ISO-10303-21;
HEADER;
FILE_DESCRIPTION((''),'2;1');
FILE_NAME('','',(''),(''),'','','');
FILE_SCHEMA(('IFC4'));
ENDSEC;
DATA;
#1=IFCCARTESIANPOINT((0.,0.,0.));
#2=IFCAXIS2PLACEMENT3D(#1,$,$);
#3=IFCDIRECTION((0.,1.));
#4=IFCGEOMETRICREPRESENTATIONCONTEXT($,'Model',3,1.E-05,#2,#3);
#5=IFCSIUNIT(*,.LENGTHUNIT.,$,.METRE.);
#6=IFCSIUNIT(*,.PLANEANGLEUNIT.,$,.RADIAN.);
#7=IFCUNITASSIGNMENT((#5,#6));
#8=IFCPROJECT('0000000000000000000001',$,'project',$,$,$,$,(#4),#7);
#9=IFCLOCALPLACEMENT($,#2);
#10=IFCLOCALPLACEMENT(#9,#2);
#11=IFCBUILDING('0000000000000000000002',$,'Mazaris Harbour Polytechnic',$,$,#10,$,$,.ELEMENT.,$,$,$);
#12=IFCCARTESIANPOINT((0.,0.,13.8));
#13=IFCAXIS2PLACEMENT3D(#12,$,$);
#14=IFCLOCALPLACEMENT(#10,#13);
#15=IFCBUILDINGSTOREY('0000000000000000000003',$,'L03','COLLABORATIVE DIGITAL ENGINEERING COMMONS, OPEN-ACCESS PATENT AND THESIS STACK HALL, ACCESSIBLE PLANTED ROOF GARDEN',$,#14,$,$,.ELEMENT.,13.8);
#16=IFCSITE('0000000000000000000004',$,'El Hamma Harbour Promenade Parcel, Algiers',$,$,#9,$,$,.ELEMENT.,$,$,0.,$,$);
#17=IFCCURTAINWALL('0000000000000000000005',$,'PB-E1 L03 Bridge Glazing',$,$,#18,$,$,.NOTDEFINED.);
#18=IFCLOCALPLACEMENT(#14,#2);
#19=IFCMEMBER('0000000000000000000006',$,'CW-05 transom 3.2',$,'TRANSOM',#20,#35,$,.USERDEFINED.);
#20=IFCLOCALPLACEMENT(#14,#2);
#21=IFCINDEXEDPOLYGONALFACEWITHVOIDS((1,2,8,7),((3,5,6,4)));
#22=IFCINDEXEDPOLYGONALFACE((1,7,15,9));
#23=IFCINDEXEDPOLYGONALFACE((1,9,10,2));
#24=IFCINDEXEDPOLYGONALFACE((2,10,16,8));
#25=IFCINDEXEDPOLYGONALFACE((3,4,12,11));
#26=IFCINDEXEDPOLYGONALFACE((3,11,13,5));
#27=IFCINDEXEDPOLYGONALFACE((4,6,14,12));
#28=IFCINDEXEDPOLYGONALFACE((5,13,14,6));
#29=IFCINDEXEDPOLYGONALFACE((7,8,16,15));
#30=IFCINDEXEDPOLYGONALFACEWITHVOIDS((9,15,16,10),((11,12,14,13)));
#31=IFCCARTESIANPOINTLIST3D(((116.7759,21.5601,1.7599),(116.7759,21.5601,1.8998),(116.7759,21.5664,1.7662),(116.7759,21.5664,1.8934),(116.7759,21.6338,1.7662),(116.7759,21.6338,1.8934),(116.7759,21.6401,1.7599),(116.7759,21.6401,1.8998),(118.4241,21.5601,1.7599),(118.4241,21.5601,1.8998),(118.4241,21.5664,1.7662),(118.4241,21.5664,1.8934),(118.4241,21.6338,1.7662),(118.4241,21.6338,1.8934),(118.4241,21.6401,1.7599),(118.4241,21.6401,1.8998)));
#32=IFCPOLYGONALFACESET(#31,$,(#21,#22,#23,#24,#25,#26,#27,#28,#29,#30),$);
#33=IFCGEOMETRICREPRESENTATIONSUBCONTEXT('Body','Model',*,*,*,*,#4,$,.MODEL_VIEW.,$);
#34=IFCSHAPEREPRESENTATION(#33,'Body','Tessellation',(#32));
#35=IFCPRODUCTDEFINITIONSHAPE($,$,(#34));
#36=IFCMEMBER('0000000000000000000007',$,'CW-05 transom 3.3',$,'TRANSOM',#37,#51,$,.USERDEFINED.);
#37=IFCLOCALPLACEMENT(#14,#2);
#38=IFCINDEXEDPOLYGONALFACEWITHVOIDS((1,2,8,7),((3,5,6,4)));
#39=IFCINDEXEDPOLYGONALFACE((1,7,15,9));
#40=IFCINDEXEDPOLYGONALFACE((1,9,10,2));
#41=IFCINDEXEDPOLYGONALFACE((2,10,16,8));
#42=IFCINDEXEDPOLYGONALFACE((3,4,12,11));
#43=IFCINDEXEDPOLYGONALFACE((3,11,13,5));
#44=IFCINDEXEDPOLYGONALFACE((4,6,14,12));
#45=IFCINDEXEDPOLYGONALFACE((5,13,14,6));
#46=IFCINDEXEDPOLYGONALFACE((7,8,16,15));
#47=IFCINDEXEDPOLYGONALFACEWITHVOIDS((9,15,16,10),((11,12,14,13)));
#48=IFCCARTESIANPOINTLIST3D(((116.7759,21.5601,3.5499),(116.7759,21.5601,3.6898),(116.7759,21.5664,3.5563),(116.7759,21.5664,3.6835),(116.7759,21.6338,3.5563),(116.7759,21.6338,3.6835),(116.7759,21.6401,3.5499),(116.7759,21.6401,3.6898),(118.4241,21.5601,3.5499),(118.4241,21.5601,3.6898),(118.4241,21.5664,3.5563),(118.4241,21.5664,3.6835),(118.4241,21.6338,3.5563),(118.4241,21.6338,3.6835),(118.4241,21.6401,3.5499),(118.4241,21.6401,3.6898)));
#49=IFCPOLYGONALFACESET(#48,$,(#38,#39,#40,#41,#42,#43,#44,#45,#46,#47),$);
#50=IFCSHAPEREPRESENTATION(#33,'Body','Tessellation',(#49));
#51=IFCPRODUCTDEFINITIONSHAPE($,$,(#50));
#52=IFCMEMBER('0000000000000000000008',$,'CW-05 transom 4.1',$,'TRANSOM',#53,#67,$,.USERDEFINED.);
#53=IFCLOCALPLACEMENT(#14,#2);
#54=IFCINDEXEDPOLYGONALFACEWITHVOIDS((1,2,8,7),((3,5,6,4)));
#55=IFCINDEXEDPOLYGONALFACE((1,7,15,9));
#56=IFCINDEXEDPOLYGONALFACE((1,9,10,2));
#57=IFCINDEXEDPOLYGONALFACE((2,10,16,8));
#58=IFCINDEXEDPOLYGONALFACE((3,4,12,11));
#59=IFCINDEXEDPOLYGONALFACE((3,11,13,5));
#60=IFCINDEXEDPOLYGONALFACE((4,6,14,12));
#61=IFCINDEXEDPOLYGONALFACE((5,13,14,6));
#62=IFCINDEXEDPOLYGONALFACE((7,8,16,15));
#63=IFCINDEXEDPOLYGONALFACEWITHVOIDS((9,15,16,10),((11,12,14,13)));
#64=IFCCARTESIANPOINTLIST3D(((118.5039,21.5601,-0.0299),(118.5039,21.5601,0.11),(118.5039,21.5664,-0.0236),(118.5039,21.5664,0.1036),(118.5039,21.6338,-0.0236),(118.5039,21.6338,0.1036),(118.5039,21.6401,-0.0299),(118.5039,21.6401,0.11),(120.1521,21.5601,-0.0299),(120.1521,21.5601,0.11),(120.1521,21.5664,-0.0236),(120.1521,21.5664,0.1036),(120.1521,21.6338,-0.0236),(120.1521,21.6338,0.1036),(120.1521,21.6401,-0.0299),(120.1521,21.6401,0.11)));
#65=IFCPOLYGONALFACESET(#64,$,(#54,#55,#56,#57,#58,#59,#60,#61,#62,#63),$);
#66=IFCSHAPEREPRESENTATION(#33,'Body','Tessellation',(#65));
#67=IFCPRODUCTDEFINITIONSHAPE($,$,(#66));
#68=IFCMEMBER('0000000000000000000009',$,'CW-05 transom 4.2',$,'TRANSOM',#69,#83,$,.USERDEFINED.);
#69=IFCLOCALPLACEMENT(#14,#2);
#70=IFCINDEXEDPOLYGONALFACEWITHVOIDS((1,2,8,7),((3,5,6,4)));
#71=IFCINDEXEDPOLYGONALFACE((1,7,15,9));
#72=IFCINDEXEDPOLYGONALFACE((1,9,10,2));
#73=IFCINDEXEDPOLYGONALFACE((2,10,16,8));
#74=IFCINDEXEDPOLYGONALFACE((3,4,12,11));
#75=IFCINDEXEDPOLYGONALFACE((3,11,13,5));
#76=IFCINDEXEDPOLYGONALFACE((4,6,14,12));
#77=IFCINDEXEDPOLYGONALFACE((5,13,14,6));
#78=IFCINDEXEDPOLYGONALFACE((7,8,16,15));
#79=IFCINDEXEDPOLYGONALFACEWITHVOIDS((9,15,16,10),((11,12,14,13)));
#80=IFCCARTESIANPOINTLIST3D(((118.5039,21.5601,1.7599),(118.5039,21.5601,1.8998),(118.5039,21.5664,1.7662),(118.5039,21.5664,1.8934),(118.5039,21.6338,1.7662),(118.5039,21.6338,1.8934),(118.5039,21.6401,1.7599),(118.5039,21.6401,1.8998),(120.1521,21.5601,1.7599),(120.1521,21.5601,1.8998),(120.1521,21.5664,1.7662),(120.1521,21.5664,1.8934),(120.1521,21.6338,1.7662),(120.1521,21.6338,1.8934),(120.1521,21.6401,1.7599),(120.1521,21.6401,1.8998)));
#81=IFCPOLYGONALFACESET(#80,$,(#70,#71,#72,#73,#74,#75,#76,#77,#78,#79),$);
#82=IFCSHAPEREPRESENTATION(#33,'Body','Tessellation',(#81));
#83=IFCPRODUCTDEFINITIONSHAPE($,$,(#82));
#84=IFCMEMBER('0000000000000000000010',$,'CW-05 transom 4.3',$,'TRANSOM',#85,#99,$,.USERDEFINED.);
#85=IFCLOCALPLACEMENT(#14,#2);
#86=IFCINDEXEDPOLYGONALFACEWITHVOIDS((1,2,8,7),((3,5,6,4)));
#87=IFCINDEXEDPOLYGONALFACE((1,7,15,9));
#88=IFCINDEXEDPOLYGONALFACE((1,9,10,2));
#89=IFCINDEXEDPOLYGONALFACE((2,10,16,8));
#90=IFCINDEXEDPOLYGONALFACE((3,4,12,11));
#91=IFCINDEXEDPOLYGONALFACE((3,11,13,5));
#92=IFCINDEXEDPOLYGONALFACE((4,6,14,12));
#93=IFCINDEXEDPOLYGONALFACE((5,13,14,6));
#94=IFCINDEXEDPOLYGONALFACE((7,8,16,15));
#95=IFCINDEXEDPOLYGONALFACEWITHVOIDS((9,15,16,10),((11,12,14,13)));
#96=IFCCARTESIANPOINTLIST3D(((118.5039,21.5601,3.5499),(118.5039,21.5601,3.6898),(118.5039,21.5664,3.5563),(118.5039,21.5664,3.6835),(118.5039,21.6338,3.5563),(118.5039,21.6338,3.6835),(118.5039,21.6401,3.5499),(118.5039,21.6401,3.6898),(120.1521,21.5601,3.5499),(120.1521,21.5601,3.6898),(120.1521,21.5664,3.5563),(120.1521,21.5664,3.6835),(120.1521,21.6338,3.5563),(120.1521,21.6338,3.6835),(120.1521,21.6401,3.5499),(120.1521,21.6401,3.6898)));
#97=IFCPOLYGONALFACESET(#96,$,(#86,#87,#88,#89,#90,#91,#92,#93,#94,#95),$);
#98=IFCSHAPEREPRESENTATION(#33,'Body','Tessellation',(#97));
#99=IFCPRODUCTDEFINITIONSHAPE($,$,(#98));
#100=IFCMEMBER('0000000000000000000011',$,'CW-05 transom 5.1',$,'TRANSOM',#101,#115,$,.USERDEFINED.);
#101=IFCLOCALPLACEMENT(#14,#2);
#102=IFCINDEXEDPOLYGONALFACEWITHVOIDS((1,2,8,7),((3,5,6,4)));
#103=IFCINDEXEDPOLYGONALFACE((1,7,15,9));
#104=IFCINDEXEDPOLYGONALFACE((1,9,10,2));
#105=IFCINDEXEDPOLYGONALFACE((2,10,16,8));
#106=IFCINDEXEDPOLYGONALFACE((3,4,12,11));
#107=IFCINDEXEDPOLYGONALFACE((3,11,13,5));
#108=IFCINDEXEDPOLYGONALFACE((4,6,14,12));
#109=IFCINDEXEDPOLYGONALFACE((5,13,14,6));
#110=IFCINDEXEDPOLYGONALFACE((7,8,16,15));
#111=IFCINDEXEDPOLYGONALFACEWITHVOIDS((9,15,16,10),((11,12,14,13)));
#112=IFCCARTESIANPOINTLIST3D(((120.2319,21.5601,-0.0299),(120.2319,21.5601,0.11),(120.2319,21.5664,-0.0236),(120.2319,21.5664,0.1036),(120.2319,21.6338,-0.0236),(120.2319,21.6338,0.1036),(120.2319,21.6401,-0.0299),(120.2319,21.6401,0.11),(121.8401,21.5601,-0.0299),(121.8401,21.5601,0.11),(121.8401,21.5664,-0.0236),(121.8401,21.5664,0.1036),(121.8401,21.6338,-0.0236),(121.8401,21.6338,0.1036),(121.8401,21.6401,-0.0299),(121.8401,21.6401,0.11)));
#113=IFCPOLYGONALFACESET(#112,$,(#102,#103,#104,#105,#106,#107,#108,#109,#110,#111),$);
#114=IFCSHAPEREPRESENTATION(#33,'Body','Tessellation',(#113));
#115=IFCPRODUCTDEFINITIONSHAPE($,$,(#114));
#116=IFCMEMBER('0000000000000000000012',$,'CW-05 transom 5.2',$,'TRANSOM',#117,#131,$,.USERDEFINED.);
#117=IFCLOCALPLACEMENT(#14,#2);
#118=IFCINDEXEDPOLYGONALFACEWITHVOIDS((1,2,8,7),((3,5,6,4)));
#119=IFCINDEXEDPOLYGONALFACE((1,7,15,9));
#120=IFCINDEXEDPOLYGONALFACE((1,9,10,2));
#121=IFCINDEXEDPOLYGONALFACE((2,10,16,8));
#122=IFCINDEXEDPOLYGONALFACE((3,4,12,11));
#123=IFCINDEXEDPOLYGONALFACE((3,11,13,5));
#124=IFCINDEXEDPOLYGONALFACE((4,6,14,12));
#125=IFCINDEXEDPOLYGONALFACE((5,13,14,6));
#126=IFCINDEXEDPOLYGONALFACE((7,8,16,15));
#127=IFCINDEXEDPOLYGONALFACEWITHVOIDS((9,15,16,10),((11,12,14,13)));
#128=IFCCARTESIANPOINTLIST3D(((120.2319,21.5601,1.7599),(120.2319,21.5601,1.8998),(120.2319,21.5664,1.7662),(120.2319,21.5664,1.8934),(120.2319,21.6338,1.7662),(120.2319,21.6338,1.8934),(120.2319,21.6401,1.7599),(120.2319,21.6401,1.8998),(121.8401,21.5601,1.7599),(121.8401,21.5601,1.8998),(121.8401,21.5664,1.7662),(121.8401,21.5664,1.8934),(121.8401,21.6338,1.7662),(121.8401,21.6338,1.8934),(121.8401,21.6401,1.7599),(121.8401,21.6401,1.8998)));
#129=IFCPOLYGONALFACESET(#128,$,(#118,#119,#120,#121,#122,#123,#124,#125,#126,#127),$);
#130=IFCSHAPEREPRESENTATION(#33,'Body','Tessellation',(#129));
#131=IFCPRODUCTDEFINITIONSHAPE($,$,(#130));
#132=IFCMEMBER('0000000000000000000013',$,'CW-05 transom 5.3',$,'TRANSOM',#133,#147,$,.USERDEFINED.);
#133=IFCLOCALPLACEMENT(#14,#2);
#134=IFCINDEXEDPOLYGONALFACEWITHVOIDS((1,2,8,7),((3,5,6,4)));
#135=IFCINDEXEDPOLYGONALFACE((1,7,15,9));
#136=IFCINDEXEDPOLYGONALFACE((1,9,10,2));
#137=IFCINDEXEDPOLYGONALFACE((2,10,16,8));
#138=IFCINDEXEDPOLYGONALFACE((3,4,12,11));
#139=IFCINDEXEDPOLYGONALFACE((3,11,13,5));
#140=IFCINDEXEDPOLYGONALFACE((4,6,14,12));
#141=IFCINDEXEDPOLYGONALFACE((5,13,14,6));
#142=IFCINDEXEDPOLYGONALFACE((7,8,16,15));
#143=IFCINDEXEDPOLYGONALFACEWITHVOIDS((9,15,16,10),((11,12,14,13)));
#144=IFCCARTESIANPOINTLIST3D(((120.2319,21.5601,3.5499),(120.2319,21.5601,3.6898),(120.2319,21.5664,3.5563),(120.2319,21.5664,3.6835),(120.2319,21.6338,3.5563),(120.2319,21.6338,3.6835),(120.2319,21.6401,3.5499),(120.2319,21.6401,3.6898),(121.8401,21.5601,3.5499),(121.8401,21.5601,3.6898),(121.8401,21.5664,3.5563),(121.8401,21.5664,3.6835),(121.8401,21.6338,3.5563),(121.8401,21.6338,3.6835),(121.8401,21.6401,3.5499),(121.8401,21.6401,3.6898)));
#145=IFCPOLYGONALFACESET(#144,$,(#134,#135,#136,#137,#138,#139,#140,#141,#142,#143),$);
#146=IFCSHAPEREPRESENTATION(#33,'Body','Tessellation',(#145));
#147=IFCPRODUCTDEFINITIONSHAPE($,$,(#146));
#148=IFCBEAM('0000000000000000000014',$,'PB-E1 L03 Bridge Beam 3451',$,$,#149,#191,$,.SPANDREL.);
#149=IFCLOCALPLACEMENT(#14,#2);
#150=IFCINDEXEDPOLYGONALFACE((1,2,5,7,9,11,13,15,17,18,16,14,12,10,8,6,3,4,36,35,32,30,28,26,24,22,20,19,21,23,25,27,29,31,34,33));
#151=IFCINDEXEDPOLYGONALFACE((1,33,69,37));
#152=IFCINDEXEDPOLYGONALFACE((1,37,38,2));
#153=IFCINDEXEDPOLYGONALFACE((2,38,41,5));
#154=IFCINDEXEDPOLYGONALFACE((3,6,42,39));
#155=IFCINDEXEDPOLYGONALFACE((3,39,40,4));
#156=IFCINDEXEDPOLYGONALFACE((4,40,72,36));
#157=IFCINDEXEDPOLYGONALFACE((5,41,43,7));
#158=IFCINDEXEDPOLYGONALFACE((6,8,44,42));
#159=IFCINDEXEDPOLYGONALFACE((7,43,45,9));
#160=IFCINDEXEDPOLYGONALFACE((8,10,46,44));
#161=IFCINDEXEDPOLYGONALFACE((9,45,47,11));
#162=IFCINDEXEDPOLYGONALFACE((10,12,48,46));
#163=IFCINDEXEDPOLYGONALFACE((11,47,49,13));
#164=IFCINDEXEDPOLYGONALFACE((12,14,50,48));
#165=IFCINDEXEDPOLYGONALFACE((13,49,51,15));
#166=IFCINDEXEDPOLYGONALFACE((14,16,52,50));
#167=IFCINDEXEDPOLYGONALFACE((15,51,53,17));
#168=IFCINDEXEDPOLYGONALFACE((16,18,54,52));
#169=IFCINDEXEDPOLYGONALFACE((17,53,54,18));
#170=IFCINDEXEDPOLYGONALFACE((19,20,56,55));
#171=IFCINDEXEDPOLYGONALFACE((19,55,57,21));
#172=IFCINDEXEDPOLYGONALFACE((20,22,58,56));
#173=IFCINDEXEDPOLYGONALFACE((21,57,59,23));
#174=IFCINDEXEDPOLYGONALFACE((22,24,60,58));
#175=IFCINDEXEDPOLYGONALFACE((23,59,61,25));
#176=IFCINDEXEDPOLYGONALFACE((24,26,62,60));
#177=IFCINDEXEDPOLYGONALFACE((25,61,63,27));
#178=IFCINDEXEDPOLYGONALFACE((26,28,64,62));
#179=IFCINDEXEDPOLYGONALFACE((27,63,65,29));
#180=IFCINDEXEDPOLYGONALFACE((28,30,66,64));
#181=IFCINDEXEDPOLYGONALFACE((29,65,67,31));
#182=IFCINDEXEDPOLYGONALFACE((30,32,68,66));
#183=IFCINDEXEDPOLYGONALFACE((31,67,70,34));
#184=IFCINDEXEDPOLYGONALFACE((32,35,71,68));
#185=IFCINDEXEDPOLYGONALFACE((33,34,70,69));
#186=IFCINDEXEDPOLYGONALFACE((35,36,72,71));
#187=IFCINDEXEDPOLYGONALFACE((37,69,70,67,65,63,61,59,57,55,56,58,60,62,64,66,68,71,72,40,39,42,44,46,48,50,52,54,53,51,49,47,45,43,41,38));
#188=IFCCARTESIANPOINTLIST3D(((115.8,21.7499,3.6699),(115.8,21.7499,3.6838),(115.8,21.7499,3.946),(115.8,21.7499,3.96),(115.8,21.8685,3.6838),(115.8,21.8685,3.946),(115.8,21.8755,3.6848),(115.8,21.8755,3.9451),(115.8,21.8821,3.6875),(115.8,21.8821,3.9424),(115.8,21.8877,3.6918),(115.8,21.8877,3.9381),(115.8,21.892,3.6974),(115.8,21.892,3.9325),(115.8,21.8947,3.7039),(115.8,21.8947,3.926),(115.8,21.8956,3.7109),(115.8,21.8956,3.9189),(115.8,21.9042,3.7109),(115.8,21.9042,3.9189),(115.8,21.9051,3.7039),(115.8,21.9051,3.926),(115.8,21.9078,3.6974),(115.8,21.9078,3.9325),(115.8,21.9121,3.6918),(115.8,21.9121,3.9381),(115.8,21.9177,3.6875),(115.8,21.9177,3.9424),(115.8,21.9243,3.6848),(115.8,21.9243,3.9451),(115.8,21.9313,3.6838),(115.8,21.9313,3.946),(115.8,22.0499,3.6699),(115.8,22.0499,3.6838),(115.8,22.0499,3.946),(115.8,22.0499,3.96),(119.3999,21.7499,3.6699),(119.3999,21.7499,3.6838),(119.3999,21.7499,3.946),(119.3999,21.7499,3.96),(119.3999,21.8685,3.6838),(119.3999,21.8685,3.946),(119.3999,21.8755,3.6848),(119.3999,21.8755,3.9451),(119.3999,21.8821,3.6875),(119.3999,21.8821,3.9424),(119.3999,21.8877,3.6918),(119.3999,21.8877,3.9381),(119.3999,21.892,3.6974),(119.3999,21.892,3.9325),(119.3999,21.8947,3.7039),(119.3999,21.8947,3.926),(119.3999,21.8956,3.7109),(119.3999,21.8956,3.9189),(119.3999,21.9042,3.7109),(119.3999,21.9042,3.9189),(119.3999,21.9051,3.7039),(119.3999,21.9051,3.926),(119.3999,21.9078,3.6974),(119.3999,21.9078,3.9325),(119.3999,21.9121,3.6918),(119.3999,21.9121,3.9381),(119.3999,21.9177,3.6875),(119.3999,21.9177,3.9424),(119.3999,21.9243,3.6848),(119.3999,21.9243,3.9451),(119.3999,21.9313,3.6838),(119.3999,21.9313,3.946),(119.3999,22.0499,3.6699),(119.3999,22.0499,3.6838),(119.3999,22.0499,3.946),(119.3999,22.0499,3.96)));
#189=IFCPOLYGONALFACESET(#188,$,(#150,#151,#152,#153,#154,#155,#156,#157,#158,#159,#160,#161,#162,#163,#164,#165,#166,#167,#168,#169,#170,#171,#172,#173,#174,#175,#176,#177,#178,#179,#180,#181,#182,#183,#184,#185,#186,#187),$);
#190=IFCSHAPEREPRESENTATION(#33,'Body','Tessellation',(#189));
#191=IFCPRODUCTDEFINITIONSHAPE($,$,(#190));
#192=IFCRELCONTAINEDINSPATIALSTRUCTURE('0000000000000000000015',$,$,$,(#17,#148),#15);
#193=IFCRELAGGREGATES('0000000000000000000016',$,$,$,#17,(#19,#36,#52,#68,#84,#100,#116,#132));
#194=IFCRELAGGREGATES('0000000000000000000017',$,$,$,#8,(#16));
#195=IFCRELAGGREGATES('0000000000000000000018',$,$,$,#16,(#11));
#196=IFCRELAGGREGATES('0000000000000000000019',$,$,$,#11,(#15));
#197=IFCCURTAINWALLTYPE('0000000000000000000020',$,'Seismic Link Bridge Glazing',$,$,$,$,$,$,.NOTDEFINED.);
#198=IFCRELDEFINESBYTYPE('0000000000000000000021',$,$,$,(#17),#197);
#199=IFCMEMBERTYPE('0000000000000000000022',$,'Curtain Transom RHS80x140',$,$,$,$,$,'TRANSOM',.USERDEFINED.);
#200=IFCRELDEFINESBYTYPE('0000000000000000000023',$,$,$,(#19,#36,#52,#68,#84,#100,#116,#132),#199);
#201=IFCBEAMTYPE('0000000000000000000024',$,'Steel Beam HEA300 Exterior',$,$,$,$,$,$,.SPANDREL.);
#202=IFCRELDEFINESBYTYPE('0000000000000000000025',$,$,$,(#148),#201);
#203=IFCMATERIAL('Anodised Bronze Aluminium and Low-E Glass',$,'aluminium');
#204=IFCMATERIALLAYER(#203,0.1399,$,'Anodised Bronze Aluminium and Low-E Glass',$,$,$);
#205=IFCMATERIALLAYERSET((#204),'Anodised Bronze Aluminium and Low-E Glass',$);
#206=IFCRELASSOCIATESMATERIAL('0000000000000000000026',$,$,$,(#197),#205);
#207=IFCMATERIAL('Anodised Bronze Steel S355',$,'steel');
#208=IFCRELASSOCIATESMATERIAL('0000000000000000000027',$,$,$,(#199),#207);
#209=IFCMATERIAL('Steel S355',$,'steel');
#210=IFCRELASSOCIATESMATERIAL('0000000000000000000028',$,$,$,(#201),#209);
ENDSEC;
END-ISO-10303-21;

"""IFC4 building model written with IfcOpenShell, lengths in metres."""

from ifc_helpers import new_model, si_unit, direction, frame, origin, origin_2d, place, context, subcontext, project, spatial, hollow_rectangle, i_section, extrude, material, layer, layer_set, material_profile, profile_set, type_object, element, aggregate, save


model = new_model("IFC4")

# Units and contexts
model_context = context("Model", 3, precision=1e-05, world=origin(), true_north=direction((0.0, 1.0)))
body_context = subcontext(model_context, "Body", "Model", "MODEL_VIEW")
ifc_project = project(units=[si_unit("LENGTHUNIT", "METRE"), si_unit("PLANEANGLEUNIT", "RADIAN")], contexts=[model_context])

# Site, building, storey
site_placement = place(None, origin())
site = spatial("IfcSite", under=ifc_project, at=site_placement, Name="El Hamma Harbour Promenade Parcel, Algiers", CompositionType="ELEMENT", RefElevation=0.0)
building_placement = place(site_placement, origin())
building = spatial("IfcBuilding", under=site, at=building_placement, Name="Mazaris Harbour Polytechnic", CompositionType="ELEMENT")
storey_placement = place(building_placement, frame((0.0, 0.0, 13.8)))
storey = spatial("IfcBuildingStorey", under=building, at=storey_placement, Name="L03", Description="COLLABORATIVE DIGITAL ENGINEERING COMMONS, OPEN-ACCESS PATENT AND THESIS STACK HALL, ACCESSIBLE PLANTED ROOF GARDEN", CompositionType="ELEMENT", Elevation=13.8)

# Curtain wall, members
ifc_material_1 = material(Name="Anodised Bronze Aluminium and Low-E Glass", Category="aluminium")
ifc_layer_1 = layer(ifc_material_1, 0.1399, Name="Anodised Bronze Aluminium and Low-E Glass")
ifc_layer_set_1 = layer_set([ifc_layer_1], Name="Anodised Bronze Aluminium and Low-E Glass")
curtain_wall_type = type_object("IfcCurtainWallType", Name="Seismic Link Bridge Glazing", PredefinedType="NOTDEFINED", material=ifc_layer_set_1)
curtain_wall_placement = place(storey_placement, origin())
curtain_wall = element("IfcCurtainWall", 1, at=curtain_wall_placement, inside=storey, type_object=curtain_wall_type, Name="PB-E1 L03 Bridge Glazing", PredefinedType="NOTDEFINED")
ifc_material_2 = material(Name="Anodised Bronze Steel S355", Category="steel")
ifc_material_profile_1 = material_profile(ifc_material_2, hollow_rectangle(XDim=0.0801, YDim=0.1399, WallThickness=0.0063, at=origin_2d()), Name="RHS 80x140x6.3")
ifc_profile_set_1 = profile_set([ifc_material_profile_1], Name="Anodised Bronze Steel S355")
member_type_1 = type_object("IfcMemberType", Name="Curtain Transom RHS80x140", ElementType="TRANSOM", PredefinedType="USERDEFINED", material=ifc_profile_set_1)
member_1_placement = place(storey_placement, frame((116.7759, 21.6001, 1.8298), z_axis=(1.0, 0.0, 0.0), x_axis=(0.0, 1.0, 0.0)))
member_1 = element("IfcMember", 2, at=member_1_placement, type_object=member_type_1, Name="CW-05 transom 3.2", ObjectType="TRANSOM", PredefinedType="USERDEFINED", context=body_context, shape_type="SweptSolid", body=[
    extrude(hollow_rectangle(XDim=0.0801, YDim=0.1399, WallThickness=0.0063, at=origin_2d()), origin(), (0.0, 0.0, 1.0), 1.6482),
])
member_2_placement = place(storey_placement, frame((116.7759, 21.6001, 3.6199), z_axis=(1.0, 0.0, 0.0), x_axis=(0.0, 1.0, 0.0)))
member_2 = element("IfcMember", 3, at=member_2_placement, type_object=member_type_1, Name="CW-05 transom 3.3", ObjectType="TRANSOM", PredefinedType="USERDEFINED", context=body_context, shape_type="SweptSolid", body=[
    extrude(hollow_rectangle(XDim=0.0801, YDim=0.1399, WallThickness=0.0063, at=origin_2d()), origin(), (0.0, 0.0, 1.0), 1.6482),
])
member_3_placement = place(storey_placement, frame((118.5039, 21.6001, 0.04), z_axis=(1.0, 0.0, 0.0), x_axis=(0.0, 1.0, 0.0)))
member_3 = element("IfcMember", 4, at=member_3_placement, type_object=member_type_1, Name="CW-05 transom 4.1", ObjectType="TRANSOM", PredefinedType="USERDEFINED", context=body_context, shape_type="SweptSolid", body=[
    extrude(hollow_rectangle(XDim=0.0801, YDim=0.1399, WallThickness=0.0063, at=origin_2d()), origin(), (0.0, 0.0, 1.0), 1.6482),
])
member_4_placement = place(storey_placement, frame((118.5039, 21.6001, 1.8298), z_axis=(1.0, 0.0, 0.0), x_axis=(0.0, 1.0, 0.0)))
member_4 = element("IfcMember", 5, at=member_4_placement, type_object=member_type_1, Name="CW-05 transom 4.2", ObjectType="TRANSOM", PredefinedType="USERDEFINED", context=body_context, shape_type="SweptSolid", body=[
    extrude(hollow_rectangle(XDim=0.0801, YDim=0.1399, WallThickness=0.0063, at=origin_2d()), origin(), (0.0, 0.0, 1.0), 1.6482),
])
member_5_placement = place(storey_placement, frame((118.5039, 21.6001, 3.6199), z_axis=(1.0, 0.0, 0.0), x_axis=(0.0, 1.0, 0.0)))
member_5 = element("IfcMember", 6, at=member_5_placement, type_object=member_type_1, Name="CW-05 transom 4.3", ObjectType="TRANSOM", PredefinedType="USERDEFINED", context=body_context, shape_type="SweptSolid", body=[
    extrude(hollow_rectangle(XDim=0.0801, YDim=0.1399, WallThickness=0.0063, at=origin_2d()), origin(), (0.0, 0.0, 1.0), 1.6482),
])
member_6_placement = place(storey_placement, frame((120.2319, 21.6001, 0.04), z_axis=(1.0, 0.0, 0.0), x_axis=(0.0, 1.0, 0.0)))
member_6 = element("IfcMember", 7, at=member_6_placement, type_object=member_type_1, Name="CW-05 transom 5.1", ObjectType="TRANSOM", PredefinedType="USERDEFINED", context=body_context, shape_type="SweptSolid", body=[
    extrude(hollow_rectangle(XDim=0.0801, YDim=0.1399, WallThickness=0.0063, at=origin_2d()), origin(), (0.0, 0.0, 1.0), 1.6082),
])
member_7_placement = place(storey_placement, frame((120.2319, 21.6001, 1.8298), z_axis=(1.0, 0.0, 0.0), x_axis=(0.0, 1.0, 0.0)))
member_7 = element("IfcMember", 8, at=member_7_placement, type_object=member_type_1, Name="CW-05 transom 5.2", ObjectType="TRANSOM", PredefinedType="USERDEFINED", context=body_context, shape_type="SweptSolid", body=[
    extrude(hollow_rectangle(XDim=0.0801, YDim=0.1399, WallThickness=0.0063, at=origin_2d()), origin(), (0.0, 0.0, 1.0), 1.6082),
])
member_8_placement = place(storey_placement, frame((120.2319, 21.6001, 3.6199), z_axis=(1.0, 0.0, 0.0), x_axis=(0.0, 1.0, 0.0)))
member_8 = element("IfcMember", 9, at=member_8_placement, type_object=member_type_1, Name="CW-05 transom 5.3", ObjectType="TRANSOM", PredefinedType="USERDEFINED", context=body_context, shape_type="SweptSolid", body=[
    extrude(hollow_rectangle(XDim=0.0801, YDim=0.1399, WallThickness=0.0063, at=origin_2d()), origin(), (0.0, 0.0, 1.0), 1.6082),
])

# Beam
ifc_material_3 = material(Name="Steel S355", Category="steel")
ifc_material_profile_2 = material_profile(ifc_material_3, i_section(OverallWidth=0.3, OverallDepth=0.29, WebThickness=0.0085, FlangeThickness=0.0139, FilletRadius=0.0271, at=origin_2d()), Name="HEA 300")
ifc_profile_set_2 = profile_set([ifc_material_profile_2], Name="Steel S355")
beam_type = type_object("IfcBeamType", Name="Steel Beam HEA300 Exterior", PredefinedType="SPANDREL", material=ifc_profile_set_2)
beam_1_placement = place(storey_placement, frame((115.8, 21.8999, 3.8149), z_axis=(1.0, 0.0, 0.0), x_axis=(0.0, 1.0, 0.0)))
element("IfcBeam", 10, at=beam_1_placement, inside=storey, type_object=beam_type, Name="PB-E1 L03 Bridge Beam 3451", PredefinedType="SPANDREL", context=body_context, shape_type="SweptSolid", body=[
    extrude(i_section(OverallWidth=0.3, OverallDepth=0.29, WebThickness=0.0085, FlangeThickness=0.0139, FilletRadius=0.0271, at=origin_2d()), origin(), (0.0, 0.0, 1.0), 3.5999),
])

aggregate(curtain_wall, [member_1, member_2, member_3, member_4, member_5, member_6, member_7, member_8])

save(model, "model.ifc")
